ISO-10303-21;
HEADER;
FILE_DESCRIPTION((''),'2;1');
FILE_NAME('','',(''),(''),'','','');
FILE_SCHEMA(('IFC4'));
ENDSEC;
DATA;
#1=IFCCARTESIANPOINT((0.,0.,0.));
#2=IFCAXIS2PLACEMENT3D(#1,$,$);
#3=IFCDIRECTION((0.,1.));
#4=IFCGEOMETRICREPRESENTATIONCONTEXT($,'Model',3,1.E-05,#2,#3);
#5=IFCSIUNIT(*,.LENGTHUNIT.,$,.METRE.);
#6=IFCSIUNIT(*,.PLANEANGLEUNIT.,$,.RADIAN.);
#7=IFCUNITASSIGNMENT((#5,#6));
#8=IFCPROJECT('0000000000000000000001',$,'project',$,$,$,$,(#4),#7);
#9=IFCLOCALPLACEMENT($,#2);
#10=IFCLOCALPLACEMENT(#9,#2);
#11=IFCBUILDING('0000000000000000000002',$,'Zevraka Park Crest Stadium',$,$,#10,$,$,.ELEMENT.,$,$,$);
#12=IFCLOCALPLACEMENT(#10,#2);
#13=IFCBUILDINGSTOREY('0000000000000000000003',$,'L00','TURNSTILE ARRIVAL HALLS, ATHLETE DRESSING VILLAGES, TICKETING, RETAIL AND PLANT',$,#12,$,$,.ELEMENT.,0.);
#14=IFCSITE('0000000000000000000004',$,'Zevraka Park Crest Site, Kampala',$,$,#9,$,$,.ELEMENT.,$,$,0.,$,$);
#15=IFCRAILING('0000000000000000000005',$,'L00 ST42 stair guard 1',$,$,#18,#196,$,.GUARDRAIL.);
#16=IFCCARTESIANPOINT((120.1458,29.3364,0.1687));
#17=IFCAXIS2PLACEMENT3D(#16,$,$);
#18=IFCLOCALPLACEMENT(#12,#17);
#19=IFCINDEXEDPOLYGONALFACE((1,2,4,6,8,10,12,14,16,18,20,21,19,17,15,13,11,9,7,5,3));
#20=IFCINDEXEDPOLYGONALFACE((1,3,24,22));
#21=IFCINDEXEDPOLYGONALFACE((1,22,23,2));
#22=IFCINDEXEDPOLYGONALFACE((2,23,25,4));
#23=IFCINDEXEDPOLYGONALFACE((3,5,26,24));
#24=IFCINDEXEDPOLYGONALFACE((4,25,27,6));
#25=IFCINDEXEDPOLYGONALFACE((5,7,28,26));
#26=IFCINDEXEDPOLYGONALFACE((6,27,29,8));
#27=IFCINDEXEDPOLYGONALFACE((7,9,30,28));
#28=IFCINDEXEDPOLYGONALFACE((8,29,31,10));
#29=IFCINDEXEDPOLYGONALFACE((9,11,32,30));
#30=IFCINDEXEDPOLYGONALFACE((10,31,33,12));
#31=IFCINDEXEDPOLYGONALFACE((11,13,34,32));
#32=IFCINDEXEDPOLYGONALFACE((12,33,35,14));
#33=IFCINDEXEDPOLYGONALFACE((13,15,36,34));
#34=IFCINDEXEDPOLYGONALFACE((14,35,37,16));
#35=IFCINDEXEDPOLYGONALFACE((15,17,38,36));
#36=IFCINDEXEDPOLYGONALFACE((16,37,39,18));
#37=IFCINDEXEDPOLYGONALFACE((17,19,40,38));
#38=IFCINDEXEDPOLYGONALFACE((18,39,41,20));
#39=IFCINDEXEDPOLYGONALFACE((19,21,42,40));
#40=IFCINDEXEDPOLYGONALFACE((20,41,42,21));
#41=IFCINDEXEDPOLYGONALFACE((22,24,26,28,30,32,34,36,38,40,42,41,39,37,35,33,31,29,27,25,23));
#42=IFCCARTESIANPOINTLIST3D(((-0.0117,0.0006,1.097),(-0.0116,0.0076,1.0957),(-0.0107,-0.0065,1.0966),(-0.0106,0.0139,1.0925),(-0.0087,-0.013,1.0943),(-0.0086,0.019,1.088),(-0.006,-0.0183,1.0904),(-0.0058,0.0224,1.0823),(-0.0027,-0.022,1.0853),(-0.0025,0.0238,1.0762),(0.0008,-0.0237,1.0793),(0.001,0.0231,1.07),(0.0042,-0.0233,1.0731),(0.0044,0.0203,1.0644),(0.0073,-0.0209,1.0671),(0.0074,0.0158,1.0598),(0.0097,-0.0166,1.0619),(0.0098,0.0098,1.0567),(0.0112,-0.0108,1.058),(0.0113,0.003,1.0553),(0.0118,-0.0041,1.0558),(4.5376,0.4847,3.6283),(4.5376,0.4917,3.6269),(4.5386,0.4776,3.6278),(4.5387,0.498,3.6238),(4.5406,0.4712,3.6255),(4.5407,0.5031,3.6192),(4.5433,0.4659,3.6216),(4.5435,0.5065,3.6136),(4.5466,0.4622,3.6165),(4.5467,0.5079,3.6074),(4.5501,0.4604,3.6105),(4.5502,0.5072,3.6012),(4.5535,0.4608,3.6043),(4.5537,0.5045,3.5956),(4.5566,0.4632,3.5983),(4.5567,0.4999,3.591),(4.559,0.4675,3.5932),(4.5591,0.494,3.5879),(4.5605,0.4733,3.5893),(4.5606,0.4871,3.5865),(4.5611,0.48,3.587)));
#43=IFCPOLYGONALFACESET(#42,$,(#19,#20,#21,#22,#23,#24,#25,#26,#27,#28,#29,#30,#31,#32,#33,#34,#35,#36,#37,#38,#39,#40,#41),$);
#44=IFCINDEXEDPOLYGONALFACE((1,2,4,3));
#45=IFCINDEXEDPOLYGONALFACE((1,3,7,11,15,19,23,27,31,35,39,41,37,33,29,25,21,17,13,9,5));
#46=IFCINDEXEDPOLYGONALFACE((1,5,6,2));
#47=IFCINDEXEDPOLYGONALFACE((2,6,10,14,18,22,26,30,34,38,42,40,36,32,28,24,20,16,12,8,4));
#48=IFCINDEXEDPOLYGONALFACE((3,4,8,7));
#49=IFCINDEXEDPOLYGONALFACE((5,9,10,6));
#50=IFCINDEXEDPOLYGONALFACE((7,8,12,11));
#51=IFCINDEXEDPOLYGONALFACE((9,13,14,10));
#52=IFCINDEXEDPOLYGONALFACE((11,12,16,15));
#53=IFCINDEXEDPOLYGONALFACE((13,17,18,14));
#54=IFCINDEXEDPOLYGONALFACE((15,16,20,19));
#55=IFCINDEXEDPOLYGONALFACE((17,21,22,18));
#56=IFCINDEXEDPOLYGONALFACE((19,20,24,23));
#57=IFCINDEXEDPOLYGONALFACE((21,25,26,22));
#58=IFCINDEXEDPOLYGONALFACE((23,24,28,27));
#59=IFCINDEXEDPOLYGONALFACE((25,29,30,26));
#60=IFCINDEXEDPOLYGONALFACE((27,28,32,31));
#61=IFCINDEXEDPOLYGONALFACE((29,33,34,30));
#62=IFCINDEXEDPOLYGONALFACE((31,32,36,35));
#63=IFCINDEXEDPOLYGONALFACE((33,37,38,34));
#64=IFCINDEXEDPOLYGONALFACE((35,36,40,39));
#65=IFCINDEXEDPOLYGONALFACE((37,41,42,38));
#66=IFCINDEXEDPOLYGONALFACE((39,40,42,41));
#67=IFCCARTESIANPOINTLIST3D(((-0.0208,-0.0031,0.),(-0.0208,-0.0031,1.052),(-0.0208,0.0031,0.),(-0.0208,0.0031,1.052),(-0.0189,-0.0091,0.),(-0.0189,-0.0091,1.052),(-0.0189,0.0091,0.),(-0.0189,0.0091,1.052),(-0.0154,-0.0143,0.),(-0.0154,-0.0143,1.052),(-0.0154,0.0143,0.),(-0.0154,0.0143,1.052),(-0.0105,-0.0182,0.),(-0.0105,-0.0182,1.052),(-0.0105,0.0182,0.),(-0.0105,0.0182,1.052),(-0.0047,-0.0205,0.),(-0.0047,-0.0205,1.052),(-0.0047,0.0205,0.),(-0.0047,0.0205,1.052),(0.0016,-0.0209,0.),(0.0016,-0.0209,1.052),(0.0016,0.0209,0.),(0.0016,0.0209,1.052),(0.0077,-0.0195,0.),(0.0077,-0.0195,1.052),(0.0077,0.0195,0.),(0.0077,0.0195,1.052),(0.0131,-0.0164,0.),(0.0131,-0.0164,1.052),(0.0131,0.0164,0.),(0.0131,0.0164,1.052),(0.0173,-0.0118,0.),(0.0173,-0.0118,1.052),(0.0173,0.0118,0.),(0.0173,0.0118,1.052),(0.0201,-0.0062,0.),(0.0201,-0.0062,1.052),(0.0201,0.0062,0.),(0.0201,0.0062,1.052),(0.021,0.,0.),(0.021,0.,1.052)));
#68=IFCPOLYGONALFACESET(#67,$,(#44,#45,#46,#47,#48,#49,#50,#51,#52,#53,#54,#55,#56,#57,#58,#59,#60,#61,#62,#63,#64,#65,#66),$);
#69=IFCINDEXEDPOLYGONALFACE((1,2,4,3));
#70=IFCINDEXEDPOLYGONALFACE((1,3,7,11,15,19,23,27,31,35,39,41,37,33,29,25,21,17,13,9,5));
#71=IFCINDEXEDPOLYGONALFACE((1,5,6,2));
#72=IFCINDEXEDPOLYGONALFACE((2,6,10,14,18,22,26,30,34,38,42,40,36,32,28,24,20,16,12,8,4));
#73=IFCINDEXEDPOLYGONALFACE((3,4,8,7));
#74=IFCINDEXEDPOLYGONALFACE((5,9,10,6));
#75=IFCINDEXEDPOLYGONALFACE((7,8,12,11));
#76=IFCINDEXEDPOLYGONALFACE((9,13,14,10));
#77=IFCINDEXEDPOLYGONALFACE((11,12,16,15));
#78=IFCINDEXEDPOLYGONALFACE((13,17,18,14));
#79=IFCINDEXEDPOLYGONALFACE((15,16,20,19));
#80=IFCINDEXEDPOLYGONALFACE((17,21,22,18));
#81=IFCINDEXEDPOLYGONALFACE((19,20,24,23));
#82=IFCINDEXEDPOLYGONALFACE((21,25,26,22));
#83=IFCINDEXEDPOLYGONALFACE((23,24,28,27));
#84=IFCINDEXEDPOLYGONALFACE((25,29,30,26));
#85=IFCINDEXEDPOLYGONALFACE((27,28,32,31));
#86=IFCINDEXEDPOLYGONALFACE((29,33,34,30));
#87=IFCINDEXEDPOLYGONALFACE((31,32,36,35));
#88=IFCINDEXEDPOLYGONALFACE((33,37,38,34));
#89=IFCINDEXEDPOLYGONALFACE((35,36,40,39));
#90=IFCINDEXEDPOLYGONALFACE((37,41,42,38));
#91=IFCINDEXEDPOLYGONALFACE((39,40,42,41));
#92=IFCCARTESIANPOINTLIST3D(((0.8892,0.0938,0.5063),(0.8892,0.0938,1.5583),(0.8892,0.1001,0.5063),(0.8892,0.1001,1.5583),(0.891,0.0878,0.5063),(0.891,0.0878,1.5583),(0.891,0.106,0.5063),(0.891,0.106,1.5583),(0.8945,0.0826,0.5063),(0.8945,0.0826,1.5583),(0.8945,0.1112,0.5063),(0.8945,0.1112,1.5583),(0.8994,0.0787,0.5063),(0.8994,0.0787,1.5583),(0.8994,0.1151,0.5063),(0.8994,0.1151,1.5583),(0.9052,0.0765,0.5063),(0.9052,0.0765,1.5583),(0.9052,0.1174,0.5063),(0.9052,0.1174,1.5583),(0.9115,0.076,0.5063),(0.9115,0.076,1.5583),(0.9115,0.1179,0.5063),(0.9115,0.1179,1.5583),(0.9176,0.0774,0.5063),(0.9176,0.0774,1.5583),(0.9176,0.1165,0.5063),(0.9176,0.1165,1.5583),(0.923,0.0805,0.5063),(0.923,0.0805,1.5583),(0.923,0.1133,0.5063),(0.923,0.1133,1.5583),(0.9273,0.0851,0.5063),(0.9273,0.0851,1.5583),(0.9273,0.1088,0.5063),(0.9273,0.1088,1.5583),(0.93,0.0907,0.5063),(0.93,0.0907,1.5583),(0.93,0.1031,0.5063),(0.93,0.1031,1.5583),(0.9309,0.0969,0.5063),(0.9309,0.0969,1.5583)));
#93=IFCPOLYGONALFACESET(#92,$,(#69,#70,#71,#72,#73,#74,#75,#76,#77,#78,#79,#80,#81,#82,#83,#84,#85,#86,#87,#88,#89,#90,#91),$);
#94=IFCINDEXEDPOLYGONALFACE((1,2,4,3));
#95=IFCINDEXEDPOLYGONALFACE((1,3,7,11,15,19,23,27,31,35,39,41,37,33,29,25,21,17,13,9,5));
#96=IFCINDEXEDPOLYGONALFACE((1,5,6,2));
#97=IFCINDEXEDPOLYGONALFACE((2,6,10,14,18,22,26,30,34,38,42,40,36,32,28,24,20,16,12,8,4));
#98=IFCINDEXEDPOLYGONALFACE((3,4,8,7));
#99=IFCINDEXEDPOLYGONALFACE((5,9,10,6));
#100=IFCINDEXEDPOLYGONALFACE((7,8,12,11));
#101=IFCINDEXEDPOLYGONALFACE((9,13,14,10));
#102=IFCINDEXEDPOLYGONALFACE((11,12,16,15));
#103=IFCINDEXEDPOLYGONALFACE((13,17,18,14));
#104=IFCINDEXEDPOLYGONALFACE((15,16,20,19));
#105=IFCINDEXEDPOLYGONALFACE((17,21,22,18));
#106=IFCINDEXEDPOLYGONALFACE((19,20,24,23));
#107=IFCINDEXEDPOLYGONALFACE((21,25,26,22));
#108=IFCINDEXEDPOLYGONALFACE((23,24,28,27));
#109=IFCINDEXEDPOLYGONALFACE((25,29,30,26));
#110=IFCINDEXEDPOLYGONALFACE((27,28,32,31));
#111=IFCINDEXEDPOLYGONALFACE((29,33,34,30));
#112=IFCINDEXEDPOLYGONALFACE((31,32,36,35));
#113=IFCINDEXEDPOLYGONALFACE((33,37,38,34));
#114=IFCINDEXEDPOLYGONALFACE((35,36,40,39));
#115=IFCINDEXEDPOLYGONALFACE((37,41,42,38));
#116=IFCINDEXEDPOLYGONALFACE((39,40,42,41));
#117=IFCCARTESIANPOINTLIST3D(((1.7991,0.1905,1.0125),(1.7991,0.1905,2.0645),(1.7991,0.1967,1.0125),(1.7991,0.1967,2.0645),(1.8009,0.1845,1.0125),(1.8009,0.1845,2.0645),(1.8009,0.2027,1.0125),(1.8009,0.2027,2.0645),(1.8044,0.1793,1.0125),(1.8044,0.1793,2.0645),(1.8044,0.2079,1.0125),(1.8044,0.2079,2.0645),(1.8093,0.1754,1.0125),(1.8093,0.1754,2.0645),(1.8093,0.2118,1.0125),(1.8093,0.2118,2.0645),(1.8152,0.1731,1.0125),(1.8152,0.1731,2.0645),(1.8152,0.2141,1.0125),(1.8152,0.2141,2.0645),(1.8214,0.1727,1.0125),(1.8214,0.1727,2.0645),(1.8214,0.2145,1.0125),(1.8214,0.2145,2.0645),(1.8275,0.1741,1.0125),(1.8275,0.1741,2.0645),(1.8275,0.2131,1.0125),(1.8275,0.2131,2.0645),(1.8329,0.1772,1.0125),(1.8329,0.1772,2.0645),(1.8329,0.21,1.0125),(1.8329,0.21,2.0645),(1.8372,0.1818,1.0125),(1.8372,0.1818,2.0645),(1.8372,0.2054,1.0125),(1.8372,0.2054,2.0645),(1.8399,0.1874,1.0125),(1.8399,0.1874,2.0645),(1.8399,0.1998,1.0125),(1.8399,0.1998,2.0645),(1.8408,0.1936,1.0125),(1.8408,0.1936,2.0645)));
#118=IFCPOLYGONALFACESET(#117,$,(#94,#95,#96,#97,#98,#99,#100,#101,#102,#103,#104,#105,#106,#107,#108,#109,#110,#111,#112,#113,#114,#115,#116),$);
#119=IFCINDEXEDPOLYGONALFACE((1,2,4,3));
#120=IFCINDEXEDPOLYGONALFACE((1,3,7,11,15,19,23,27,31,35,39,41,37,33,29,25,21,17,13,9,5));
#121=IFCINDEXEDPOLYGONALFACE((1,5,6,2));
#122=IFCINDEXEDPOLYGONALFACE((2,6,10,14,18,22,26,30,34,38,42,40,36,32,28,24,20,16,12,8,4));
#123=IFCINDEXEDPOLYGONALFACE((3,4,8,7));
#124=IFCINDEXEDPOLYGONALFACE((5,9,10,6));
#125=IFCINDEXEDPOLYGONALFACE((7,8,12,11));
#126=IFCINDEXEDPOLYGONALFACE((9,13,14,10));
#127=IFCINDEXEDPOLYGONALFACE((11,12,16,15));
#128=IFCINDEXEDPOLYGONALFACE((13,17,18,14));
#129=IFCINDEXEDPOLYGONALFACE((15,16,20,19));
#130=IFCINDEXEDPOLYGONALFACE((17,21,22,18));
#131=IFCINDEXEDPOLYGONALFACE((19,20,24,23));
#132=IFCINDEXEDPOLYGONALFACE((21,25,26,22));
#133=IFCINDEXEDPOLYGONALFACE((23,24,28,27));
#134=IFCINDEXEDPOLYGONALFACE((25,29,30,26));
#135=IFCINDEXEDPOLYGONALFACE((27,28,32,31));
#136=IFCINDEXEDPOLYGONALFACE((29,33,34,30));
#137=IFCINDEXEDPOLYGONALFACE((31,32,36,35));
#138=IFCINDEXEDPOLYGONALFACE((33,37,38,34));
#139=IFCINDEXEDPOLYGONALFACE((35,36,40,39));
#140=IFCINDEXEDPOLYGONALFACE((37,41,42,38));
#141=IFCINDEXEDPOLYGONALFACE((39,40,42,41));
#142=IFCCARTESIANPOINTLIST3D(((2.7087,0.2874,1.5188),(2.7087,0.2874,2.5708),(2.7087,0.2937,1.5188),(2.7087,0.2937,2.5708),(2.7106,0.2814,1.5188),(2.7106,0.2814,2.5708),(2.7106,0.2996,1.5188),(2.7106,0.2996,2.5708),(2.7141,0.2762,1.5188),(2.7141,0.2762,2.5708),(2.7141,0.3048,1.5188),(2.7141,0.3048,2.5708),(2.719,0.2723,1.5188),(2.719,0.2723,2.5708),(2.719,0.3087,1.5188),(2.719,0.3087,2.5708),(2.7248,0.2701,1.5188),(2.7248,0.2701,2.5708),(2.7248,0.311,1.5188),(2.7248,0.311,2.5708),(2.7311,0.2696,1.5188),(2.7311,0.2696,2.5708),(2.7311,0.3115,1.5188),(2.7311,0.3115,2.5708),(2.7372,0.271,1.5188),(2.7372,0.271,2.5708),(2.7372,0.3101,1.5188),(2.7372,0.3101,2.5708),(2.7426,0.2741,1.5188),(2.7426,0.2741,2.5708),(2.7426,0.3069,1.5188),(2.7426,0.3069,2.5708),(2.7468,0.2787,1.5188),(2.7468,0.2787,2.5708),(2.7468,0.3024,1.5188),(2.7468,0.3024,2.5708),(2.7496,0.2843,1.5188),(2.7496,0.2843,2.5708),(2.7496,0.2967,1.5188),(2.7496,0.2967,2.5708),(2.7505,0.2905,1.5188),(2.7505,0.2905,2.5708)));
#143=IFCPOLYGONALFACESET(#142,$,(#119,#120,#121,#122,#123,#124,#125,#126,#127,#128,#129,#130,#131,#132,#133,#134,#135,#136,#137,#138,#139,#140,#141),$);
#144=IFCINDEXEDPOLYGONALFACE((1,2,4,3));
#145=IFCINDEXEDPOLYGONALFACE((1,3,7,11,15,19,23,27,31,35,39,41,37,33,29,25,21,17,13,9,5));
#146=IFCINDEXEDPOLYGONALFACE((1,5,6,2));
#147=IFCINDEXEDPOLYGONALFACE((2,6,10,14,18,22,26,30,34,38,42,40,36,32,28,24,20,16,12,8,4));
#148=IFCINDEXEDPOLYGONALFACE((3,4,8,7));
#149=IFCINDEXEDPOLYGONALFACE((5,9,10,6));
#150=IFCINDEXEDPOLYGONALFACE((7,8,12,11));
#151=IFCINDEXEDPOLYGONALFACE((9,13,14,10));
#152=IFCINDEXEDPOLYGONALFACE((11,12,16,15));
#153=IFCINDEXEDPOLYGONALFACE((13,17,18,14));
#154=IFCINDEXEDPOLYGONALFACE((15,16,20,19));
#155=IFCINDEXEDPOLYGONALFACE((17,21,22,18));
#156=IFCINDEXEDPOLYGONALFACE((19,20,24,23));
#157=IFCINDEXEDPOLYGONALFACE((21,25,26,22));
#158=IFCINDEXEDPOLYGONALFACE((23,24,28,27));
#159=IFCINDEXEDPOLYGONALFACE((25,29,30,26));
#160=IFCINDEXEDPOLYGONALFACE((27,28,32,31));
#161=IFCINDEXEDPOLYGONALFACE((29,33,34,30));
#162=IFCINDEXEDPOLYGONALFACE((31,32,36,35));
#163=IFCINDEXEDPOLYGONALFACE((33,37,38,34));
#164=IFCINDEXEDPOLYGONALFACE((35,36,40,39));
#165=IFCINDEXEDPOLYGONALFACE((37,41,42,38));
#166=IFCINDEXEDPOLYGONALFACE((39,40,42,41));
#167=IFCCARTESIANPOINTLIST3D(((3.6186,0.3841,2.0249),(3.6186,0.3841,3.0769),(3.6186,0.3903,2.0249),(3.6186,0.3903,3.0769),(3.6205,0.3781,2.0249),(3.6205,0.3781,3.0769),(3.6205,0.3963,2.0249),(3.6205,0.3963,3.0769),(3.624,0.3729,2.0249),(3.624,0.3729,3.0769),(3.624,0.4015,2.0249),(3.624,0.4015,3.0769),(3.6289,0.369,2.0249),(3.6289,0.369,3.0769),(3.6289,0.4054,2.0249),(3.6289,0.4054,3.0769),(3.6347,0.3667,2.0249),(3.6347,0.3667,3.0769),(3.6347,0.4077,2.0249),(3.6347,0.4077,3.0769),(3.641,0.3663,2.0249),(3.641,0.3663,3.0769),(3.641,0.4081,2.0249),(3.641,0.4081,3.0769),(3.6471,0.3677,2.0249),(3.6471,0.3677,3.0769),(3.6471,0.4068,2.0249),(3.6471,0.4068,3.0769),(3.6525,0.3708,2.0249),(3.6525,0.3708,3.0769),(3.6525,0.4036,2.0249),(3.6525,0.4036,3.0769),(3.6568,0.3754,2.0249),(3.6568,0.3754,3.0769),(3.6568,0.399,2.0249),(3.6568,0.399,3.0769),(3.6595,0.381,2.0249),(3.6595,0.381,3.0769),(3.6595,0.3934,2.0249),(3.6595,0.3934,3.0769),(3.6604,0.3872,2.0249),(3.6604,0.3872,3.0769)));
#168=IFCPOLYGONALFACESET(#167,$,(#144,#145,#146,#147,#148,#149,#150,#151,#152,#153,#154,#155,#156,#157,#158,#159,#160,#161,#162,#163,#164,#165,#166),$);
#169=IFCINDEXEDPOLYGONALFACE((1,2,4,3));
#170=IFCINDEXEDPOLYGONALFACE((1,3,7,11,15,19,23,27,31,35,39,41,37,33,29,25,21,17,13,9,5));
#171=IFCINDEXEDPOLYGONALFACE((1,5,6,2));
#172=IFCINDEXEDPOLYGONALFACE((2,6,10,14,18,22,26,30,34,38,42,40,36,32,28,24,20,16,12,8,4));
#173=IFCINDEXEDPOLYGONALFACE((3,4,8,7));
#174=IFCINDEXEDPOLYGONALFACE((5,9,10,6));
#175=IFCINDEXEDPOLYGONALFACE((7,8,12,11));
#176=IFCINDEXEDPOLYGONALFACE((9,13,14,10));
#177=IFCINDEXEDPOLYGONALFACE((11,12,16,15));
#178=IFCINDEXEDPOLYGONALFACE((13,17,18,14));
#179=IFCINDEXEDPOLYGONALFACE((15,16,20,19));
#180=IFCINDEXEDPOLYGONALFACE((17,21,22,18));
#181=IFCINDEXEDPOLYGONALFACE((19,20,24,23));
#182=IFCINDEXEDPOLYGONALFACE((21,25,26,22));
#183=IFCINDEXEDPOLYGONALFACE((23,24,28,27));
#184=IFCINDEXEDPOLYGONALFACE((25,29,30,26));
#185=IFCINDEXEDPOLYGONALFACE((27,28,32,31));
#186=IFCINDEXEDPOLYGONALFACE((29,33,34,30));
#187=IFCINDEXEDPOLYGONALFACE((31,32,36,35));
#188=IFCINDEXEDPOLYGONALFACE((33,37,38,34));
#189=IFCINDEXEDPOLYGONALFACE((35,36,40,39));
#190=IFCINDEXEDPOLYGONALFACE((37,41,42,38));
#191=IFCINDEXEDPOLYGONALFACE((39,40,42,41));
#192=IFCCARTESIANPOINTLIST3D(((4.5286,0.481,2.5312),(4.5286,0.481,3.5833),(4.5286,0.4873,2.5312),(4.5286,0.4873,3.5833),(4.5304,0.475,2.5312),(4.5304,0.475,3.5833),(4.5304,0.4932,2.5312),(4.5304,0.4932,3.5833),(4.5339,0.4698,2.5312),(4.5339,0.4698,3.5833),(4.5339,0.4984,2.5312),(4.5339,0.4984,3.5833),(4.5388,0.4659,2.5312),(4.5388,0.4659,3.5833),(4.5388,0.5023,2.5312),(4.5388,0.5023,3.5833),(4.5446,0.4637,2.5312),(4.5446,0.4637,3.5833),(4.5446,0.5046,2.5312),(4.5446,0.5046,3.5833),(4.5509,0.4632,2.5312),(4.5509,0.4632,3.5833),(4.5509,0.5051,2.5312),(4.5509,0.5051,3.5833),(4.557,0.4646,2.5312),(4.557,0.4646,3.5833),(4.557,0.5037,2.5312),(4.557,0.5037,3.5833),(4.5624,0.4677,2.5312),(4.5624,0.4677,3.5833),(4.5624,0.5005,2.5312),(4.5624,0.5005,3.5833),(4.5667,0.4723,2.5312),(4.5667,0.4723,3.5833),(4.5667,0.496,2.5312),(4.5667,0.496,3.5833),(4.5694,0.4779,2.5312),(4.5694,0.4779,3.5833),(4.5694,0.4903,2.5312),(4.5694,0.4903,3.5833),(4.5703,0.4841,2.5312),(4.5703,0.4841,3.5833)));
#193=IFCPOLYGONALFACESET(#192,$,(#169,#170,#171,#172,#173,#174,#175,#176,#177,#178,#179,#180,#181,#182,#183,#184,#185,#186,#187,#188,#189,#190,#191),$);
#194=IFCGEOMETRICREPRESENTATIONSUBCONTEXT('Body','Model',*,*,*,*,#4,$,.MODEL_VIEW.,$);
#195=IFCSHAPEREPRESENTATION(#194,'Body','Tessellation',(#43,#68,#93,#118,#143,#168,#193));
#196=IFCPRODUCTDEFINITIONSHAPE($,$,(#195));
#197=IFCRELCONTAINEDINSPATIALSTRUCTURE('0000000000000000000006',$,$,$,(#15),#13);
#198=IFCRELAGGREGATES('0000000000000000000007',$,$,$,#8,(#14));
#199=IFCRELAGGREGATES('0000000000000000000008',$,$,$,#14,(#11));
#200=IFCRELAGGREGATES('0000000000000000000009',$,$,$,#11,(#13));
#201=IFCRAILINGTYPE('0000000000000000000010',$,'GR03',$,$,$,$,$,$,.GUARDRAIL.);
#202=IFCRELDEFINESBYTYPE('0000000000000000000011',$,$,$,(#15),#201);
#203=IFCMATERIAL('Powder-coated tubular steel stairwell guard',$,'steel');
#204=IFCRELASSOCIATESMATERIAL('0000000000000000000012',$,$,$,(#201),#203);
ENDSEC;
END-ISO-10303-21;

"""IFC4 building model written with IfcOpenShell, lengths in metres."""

from ifc_helpers import new_model, si_unit, direction, frame, origin, origin_2d, place, context, subcontext, project, spatial, circle, extrude, material, type_object, element, save


model = new_model("IFC4")

# Units and contexts
model_context = context("Model", 3, precision=1e-05, world=origin(), true_north=direction((0.0, 1.0)))
body_context = subcontext(model_context, "Body", "Model", "MODEL_VIEW")
ifc_project = project(units=[si_unit("LENGTHUNIT", "METRE"), si_unit("PLANEANGLEUNIT", "RADIAN")], contexts=[model_context])

# Site, building, storey
site_placement = place(None, origin())
site = spatial("IfcSite", under=ifc_project, at=site_placement, Name="Zevraka Park Crest Site, Kampala", CompositionType="ELEMENT", RefElevation=0.0)
building_placement = place(site_placement, origin())
building = spatial("IfcBuilding", under=site, at=building_placement, Name="Zevraka Park Crest Stadium", CompositionType="ELEMENT")
storey_placement = place(building_placement, origin())
storey = spatial("IfcBuildingStorey", under=building, at=storey_placement, Name="L00", Description="TURNSTILE ARRIVAL HALLS, ATHLETE DRESSING VILLAGES, TICKETING, RETAIL AND PLANT", CompositionType="ELEMENT", Elevation=0.0)

# Railing
ifc_material_1 = material(Name="Powder-coated tubular steel stairwell guard", Category="steel")
railing_type_1 = type_object("IfcRailingType", Name="GR03", PredefinedType="GUARDRAIL", material=ifc_material_1)
railing_1_placement = place(storey_placement, frame((120.1458, 29.3364, 0.1687)))
element("IfcRailing", 1, at=railing_1_placement, inside=storey, type_object=railing_type_1, Name="L00 ST42 stair guard 1", PredefinedType="GUARDRAIL", context=body_context, shape_type="SweptSolid", body=[
    extrude(circle(Radius=0.0239, at=origin_2d()), frame((0.0, 0.0, 1.0762), z_axis=(0.870089, 0.092593, 0.484119), x_axis=(-0.105821, 0.994385, 0.0)), (0.0, 0.0, 1.0), 5.2285),
    extrude(circle(Radius=0.021, at=origin_2d()), origin(), (0.0, 0.0, 1.0), 1.052),
    extrude(circle(Radius=0.021, at=origin_2d()), frame((0.9099, 0.0969, 0.5063)), (0.0, 0.0, 1.0), 1.052),
    extrude(circle(Radius=0.021, at=origin_2d()), frame((1.8198, 0.1936, 1.0125)), (0.0, 0.0, 1.0), 1.052),
    extrude(circle(Radius=0.021, at=origin_2d()), frame((2.7295, 0.2905, 1.5188)), (0.0, 0.0, 1.0), 1.052),
    extrude(circle(Radius=0.021, at=origin_2d()), frame((3.6394, 0.3872, 2.0249)), (0.0, 0.0, 1.0), 1.052),
    extrude(circle(Radius=0.021, at=origin_2d()), frame((4.5493, 0.4841, 2.5312)), (0.0, 0.0, 1.0), 1.052),
])

save(model, "model.ifc")
